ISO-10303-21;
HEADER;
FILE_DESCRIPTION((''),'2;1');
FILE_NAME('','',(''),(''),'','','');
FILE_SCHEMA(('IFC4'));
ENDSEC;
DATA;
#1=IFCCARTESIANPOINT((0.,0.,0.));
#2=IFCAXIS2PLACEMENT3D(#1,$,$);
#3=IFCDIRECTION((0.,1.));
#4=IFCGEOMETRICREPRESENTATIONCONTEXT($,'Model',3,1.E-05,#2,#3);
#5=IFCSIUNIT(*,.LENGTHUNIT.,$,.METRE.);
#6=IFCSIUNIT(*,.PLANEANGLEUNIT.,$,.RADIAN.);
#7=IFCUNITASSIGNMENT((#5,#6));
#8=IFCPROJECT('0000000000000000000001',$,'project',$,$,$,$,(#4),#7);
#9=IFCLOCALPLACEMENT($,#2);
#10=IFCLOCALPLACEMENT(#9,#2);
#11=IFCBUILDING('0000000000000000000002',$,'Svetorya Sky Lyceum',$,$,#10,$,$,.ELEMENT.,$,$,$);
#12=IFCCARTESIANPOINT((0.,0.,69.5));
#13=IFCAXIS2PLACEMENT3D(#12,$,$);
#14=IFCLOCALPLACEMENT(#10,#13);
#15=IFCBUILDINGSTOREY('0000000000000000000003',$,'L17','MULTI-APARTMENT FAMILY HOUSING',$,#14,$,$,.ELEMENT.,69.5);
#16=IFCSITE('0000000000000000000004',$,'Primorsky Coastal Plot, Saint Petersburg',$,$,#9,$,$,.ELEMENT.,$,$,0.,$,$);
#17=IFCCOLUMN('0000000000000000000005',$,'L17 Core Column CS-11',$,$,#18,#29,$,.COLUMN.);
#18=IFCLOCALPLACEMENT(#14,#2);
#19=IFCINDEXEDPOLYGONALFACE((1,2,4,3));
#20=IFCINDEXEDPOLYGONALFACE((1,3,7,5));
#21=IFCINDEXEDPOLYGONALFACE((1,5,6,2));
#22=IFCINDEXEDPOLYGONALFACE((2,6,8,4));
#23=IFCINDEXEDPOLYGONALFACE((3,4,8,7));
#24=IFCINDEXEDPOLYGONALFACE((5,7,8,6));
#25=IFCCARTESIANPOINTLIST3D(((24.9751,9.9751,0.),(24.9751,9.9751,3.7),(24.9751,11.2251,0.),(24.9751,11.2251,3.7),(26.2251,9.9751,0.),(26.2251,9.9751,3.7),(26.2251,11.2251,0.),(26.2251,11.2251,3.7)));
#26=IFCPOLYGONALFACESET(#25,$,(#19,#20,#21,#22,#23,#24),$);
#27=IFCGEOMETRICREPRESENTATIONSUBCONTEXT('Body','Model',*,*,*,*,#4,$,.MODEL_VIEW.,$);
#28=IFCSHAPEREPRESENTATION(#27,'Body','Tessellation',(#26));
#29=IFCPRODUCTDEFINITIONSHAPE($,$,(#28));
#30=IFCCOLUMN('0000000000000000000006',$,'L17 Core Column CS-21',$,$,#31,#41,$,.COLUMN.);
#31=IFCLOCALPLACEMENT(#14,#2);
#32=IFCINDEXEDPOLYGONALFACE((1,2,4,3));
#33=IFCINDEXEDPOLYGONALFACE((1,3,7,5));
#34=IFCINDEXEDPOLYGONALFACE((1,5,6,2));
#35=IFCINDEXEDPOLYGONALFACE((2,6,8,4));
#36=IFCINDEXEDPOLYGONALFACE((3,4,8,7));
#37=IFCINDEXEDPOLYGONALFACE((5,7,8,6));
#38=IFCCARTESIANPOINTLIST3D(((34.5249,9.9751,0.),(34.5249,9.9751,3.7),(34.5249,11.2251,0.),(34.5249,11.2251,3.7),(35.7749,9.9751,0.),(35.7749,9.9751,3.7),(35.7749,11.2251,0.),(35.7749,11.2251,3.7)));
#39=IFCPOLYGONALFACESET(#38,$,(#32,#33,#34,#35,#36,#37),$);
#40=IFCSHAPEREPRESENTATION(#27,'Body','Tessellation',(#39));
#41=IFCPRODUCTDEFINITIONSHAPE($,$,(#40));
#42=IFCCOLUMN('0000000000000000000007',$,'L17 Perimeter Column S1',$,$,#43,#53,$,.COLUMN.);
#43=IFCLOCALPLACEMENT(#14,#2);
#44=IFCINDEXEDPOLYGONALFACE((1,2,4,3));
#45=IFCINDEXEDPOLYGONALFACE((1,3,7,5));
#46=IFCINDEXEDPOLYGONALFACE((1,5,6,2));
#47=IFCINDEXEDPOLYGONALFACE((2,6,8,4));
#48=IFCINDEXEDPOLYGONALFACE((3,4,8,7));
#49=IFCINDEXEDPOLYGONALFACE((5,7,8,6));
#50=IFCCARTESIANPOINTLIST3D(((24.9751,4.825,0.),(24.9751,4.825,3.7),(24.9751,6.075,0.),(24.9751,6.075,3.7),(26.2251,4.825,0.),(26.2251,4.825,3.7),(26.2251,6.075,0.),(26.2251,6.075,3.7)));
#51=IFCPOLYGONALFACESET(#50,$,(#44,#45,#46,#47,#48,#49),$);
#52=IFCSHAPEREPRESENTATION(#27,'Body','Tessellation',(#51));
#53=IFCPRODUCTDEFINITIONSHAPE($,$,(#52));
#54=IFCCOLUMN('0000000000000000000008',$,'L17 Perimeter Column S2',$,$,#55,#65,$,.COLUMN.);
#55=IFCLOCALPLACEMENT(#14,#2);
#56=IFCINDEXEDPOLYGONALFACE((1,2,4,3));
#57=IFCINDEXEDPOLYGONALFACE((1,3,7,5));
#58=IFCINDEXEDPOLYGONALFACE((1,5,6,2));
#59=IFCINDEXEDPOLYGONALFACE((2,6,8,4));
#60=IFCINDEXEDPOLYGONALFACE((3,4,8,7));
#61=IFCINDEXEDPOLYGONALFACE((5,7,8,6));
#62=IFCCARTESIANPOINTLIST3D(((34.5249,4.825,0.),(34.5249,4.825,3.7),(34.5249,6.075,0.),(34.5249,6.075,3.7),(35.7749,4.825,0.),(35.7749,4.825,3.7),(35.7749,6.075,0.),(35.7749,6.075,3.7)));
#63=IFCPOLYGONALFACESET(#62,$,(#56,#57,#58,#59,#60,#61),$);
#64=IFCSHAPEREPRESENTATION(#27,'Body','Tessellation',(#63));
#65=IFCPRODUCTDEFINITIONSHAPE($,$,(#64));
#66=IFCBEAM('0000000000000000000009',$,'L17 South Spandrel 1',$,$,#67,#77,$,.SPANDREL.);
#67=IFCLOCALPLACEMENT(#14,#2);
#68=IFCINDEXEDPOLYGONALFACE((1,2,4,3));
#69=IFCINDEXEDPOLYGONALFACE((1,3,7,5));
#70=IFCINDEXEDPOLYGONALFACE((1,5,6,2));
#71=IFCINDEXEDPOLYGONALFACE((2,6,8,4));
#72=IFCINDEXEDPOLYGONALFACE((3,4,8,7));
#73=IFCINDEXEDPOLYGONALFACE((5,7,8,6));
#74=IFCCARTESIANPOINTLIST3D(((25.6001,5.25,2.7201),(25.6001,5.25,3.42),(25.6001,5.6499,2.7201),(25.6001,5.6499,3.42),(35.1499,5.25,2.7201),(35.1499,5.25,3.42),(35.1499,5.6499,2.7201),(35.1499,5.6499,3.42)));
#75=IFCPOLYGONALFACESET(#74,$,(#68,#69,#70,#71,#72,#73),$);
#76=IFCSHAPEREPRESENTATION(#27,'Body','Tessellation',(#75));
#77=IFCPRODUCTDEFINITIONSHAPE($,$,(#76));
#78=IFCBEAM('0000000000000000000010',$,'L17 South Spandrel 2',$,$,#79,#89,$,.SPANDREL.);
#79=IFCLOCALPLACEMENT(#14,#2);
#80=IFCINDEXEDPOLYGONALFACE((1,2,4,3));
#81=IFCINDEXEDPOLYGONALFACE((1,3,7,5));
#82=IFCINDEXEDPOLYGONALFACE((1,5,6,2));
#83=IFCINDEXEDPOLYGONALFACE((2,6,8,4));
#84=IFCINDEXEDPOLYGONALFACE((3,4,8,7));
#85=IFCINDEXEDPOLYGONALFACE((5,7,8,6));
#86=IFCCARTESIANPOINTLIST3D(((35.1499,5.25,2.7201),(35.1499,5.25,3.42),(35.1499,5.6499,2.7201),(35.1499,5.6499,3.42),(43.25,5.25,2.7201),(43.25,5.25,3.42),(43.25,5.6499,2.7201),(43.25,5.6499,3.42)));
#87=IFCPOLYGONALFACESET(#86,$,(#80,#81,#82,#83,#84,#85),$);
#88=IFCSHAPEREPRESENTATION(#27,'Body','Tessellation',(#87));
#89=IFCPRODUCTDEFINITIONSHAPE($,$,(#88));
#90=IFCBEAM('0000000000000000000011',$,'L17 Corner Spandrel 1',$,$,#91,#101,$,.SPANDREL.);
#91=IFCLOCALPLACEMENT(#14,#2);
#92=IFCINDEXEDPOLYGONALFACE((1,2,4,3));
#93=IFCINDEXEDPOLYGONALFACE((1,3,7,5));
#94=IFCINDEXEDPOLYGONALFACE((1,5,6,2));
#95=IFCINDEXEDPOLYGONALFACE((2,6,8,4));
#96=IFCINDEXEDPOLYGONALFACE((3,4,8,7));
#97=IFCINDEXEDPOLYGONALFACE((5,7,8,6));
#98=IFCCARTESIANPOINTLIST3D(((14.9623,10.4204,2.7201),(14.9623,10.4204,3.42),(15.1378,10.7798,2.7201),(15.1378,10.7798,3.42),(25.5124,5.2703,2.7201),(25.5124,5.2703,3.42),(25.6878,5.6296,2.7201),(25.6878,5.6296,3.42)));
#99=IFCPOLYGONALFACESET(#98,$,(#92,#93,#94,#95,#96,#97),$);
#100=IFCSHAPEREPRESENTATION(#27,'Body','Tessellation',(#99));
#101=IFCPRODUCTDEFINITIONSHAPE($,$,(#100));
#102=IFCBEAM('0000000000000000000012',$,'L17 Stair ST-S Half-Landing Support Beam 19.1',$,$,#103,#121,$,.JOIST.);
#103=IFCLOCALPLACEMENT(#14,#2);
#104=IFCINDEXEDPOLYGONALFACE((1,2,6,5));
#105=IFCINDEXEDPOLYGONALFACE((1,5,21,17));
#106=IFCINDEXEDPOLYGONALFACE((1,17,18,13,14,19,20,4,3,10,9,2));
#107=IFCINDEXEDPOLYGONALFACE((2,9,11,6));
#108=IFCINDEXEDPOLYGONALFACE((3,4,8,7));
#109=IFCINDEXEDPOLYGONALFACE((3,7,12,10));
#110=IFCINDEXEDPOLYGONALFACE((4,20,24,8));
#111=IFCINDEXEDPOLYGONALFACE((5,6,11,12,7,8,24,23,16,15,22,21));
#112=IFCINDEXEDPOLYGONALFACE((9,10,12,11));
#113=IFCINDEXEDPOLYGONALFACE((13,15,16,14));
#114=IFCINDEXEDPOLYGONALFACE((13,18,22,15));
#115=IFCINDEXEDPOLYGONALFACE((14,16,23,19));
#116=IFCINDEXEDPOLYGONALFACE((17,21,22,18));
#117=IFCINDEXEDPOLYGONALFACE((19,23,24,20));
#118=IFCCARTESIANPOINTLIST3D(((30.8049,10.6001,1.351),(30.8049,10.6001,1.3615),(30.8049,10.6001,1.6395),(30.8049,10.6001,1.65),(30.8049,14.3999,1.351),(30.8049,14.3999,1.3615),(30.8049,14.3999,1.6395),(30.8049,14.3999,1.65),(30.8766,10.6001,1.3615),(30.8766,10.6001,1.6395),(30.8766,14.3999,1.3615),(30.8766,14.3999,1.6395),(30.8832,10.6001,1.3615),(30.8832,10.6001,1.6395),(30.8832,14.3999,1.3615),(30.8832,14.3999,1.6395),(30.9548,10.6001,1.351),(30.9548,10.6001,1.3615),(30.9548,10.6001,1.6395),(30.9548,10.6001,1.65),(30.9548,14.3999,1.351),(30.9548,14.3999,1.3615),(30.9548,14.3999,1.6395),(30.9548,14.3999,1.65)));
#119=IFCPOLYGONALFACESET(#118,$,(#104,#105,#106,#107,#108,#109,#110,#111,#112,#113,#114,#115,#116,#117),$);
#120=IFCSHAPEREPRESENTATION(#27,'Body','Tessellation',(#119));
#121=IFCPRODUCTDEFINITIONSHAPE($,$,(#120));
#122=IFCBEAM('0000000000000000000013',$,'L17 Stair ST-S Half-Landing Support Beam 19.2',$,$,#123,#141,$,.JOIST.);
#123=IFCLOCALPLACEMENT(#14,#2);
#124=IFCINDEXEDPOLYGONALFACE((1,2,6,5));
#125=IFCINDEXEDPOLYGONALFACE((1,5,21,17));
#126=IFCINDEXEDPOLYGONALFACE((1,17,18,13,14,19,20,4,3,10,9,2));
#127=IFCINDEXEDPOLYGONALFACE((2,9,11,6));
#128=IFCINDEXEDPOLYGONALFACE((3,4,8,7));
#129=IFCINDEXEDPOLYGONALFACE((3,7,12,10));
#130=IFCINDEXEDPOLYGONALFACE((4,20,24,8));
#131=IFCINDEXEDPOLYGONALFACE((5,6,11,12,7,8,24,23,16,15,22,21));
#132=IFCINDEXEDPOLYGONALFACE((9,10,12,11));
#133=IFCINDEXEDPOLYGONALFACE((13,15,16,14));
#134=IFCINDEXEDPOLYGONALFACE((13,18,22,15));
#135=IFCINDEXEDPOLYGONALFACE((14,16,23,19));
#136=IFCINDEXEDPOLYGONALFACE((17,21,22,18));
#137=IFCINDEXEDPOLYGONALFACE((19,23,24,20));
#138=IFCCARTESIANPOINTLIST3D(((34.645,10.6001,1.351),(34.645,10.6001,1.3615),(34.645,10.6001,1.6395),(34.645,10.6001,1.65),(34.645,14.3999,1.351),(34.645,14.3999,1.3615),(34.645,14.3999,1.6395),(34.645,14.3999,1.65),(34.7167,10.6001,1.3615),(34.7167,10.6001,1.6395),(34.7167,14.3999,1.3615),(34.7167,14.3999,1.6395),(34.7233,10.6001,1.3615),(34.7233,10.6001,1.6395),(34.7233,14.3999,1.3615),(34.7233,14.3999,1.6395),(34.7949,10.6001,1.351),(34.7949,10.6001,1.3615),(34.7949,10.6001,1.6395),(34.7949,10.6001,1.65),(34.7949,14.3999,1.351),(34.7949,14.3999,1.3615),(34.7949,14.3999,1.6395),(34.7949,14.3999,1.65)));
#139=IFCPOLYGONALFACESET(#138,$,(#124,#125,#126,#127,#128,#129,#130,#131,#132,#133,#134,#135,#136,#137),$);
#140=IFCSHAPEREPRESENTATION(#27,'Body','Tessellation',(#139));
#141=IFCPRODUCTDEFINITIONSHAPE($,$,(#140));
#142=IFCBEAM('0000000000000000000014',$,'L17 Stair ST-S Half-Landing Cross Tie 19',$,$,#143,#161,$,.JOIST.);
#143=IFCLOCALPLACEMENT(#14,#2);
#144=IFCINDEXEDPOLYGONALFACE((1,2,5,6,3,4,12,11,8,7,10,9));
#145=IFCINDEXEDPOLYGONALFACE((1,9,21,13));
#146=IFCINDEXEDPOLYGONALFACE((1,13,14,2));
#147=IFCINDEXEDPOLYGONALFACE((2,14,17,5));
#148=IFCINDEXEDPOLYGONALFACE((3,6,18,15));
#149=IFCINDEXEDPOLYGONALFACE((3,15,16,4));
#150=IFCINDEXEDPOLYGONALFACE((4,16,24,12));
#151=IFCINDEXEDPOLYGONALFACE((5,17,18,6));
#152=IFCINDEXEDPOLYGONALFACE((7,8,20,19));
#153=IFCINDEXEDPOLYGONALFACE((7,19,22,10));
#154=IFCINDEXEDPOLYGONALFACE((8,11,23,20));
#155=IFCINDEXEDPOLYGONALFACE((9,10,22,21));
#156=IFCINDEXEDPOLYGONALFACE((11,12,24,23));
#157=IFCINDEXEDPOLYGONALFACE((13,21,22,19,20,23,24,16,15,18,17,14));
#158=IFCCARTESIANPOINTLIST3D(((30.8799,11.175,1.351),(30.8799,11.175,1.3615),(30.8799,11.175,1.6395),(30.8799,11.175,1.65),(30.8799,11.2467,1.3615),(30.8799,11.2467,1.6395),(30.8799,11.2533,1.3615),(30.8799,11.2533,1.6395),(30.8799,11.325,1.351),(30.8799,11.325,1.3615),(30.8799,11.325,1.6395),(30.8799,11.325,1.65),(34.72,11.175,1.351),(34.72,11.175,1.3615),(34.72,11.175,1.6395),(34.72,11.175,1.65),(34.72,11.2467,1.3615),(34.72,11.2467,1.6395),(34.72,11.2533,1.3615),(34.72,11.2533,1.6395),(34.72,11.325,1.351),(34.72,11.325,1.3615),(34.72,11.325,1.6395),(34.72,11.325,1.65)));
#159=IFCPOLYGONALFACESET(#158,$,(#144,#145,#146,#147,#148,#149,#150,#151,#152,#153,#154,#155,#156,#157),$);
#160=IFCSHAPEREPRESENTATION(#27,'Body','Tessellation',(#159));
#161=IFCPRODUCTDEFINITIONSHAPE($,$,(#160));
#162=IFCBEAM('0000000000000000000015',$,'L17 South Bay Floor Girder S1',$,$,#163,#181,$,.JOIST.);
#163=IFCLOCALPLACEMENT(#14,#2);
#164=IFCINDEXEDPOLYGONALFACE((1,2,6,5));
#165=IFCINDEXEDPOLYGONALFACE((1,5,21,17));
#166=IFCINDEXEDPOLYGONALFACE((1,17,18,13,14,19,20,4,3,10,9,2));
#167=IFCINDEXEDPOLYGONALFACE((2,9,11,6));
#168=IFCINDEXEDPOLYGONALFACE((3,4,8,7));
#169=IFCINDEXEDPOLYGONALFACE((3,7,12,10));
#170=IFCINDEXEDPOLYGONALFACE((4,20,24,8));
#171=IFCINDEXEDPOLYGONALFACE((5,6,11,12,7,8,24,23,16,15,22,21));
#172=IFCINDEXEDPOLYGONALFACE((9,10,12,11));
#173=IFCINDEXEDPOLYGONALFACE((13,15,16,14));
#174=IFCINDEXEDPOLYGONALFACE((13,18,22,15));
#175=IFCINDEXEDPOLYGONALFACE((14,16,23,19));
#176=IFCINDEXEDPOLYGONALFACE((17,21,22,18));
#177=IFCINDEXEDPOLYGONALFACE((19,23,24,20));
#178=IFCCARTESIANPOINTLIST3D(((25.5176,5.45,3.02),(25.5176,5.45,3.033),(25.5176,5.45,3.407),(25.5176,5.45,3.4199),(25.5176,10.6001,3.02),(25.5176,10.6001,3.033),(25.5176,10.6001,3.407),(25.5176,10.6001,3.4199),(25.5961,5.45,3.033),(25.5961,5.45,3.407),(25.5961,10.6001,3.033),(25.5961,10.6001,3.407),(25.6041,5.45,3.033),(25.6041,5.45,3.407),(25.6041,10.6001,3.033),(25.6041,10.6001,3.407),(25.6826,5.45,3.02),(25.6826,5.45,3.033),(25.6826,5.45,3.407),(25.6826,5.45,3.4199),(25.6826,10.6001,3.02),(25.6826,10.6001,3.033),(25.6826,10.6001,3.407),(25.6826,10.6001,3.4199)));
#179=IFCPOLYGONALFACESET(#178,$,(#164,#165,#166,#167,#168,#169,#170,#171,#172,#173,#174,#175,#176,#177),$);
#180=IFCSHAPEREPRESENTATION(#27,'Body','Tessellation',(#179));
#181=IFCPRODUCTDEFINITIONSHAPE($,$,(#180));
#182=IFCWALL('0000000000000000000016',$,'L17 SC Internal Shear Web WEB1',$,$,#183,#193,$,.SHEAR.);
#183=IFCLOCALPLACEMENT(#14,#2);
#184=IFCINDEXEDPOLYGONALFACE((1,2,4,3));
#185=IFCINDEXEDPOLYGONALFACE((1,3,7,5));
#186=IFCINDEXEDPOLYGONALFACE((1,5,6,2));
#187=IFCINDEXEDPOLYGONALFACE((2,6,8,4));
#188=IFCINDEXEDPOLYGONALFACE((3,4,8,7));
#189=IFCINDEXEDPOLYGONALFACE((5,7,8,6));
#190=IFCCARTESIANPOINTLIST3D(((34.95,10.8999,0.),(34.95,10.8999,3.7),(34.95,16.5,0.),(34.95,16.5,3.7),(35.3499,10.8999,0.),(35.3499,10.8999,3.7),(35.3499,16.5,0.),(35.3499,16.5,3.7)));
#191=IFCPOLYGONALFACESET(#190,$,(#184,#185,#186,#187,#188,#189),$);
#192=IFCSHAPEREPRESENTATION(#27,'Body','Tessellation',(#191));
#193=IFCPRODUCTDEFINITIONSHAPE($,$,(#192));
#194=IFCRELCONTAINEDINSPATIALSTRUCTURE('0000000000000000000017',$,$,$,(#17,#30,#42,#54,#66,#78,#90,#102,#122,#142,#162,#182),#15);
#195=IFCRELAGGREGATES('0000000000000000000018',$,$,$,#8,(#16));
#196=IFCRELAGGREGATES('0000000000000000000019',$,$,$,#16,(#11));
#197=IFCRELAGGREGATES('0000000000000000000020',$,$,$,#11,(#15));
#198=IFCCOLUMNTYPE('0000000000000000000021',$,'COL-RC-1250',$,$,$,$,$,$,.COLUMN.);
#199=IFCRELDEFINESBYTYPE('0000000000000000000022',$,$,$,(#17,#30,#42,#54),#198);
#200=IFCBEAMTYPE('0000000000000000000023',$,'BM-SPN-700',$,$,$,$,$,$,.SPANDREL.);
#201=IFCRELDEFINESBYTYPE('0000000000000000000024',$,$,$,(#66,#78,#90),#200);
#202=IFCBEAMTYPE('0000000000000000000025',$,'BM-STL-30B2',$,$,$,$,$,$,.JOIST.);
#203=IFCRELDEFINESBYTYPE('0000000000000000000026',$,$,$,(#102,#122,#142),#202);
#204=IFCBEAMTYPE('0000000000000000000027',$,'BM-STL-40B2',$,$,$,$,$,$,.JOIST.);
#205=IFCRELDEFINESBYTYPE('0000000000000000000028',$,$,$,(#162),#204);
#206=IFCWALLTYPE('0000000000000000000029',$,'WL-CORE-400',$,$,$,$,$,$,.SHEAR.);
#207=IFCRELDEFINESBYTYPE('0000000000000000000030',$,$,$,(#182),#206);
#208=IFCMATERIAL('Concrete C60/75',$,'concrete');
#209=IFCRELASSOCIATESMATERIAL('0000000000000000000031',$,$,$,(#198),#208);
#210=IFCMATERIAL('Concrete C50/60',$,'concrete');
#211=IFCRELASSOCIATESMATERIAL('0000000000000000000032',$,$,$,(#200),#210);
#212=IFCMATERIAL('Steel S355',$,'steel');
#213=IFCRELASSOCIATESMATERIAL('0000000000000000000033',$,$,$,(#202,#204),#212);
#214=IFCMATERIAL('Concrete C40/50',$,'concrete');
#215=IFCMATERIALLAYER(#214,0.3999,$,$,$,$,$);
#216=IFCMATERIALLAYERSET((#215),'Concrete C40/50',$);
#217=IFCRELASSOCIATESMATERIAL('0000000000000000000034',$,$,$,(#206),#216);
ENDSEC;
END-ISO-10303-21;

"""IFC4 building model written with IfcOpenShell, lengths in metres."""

from ifc_helpers import new_model, si_unit, direction, frame, frame_2d, origin, origin_2d, place, context, subcontext, project, spatial, rectangle, i_section, extrude, material, layer, layer_set, material_profile, profile_set, type_object, element, save


model = new_model("IFC4")

# Units and contexts
model_context = context("Model", 3, precision=1e-05, world=origin(), true_north=direction((0.0, 1.0)))
body_context = subcontext(model_context, "Body", "Model", "MODEL_VIEW")
ifc_project = project(units=[si_unit("LENGTHUNIT", "METRE"), si_unit("PLANEANGLEUNIT", "RADIAN")], contexts=[model_context])

# Site, building, storey
site_placement = place(None, origin())
site = spatial("IfcSite", under=ifc_project, at=site_placement, Name="Primorsky Coastal Plot, Saint Petersburg", CompositionType="ELEMENT", RefElevation=0.0)
building_placement = place(site_placement, origin())
building = spatial("IfcBuilding", under=site, at=building_placement, Name="Svetorya Sky Lyceum", CompositionType="ELEMENT")
storey_placement = place(building_placement, frame((0.0, 0.0, 69.5)))
storey = spatial("IfcBuildingStorey", under=building, at=storey_placement, Name="L17", Description="MULTI-APARTMENT FAMILY HOUSING", CompositionType="ELEMENT", Elevation=69.5)

# Columns
ifc_material_1 = material(Name="Concrete C60/75", Category="concrete")
ifc_material_profile_1 = material_profile(ifc_material_1, rectangle(XDim=1.25, YDim=1.25, at=origin_2d()), Name="RC COL 1250x1250")
ifc_profile_set_1 = profile_set([ifc_material_profile_1], Name="Concrete C60/75")
column_type = type_object("IfcColumnType", Name="COL-RC-1250", PredefinedType="COLUMN", material=ifc_profile_set_1)
for number, where, z_axis, x_axis, name in (
    (1, (25.6001, 10.6001, 0.0), (0.0, 0.0, 1.0), (1.0, 0.0, 0.0), "L17 Core Column CS-11"),
    (2, (35.1499, 10.6001, 0.0), (0.0, 0.0, 1.0), (1.0, 0.0, 0.0), "L17 Core Column CS-21"),
    (3, (25.6001, 5.45, 0.0), (0.0, 0.0, 1.0), (1.0, 0.0, 0.0), "L17 Perimeter Column S1"),
    (4, (35.1499, 5.45, 0.0), (0.0, 0.0, 1.0), (1.0, 0.0, 0.0), "L17 Perimeter Column S2"),
):
    element("IfcColumn", number, at=place(storey_placement, frame(where, z_axis=z_axis, x_axis=x_axis)), inside=storey, type_object=column_type, Name=name, PredefinedType="COLUMN", context=body_context, shape_type="SweptSolid", body=[
        extrude(rectangle(XDim=1.25, YDim=1.25, at=origin_2d()), origin(), (0.0, 0.0, 1.0), 3.7),
    ])

# Beams
ifc_material_2 = material(Name="Concrete C50/60", Category="concrete")
ifc_material_profile_2 = material_profile(ifc_material_2, rectangle(XDim=0.3999, YDim=0.7, at=origin_2d()), Name="RC SPANDREL 400x700")
ifc_profile_set_2 = profile_set([ifc_material_profile_2], Name="Concrete C50/60")
beam_type_1 = type_object("IfcBeamType", Name="BM-SPN-700", PredefinedType="SPANDREL", material=ifc_profile_set_2)
beam_1_placement = place(storey_placement, frame((25.6001, 5.45, 3.0701), z_axis=(1.0, 0.0, 0.0), x_axis=(0.0, 1.0, 0.0)))
element("IfcBeam", 5, at=beam_1_placement, inside=storey, type_object=beam_type_1, Name="L17 South Spandrel 1", PredefinedType="SPANDREL", context=body_context, shape_type="SweptSolid", body=[
    extrude(rectangle(XDim=0.3999, YDim=0.7, at=origin_2d()), origin(), (0.0, 0.0, 1.0), 9.5498),
])
beam_2_placement = place(storey_placement, frame((35.1499, 5.45, 3.0701), z_axis=(1.0, 0.0, 0.0), x_axis=(0.0, 1.0, 0.0)))
element("IfcBeam", 6, at=beam_2_placement, inside=storey, type_object=beam_type_1, Name="L17 South Spandrel 2", PredefinedType="SPANDREL", context=body_context, shape_type="SweptSolid", body=[
    extrude(rectangle(XDim=0.3999, YDim=0.7, at=origin_2d()), origin(), (0.0, 0.0, 1.0), 8.1001),
])
beam_3_placement = place(storey_placement, frame((25.6001, 5.45, 3.0701), z_axis=(-0.898641, 0.438684, 0.0), x_axis=(-0.438684, -0.898641, 0.0)))
element("IfcBeam", 7, at=beam_3_placement, inside=storey, type_object=beam_type_1, Name="L17 Corner Spandrel 1", PredefinedType="SPANDREL", context=body_context, shape_type="SweptSolid", body=[
    extrude(rectangle(XDim=0.3999, YDim=0.7, at=origin_2d()), origin(), (0.0, 0.0, 1.0), 11.74),
])
ifc_material_3 = material(Name="Steel S355", Category="steel")
ifc_material_profile_3 = material_profile(ifc_material_3, i_section(OverallWidth=0.1499, OverallDepth=0.2991, WebThickness=0.0066, FlangeThickness=0.0105, at=origin_2d()), Name="GOST 30B2")
ifc_profile_set_3 = profile_set([ifc_material_profile_3], Name="Steel S355")
beam_type_2 = type_object("IfcBeamType", Name="BM-STL-30B2", PredefinedType="JOIST", material=ifc_profile_set_3)
for number, where, z_axis, x_axis, name in (
    (8, (30.8799, 10.6001, 1.5005), (0.0, 1.0, 0.0), (-1.0, 0.0, 0.0), "L17 Stair ST-S Half-Landing Support Beam 19.1"),
    (9, (34.72, 10.6001, 1.5005), (0.0, 1.0, 0.0), (-1.0, 0.0, 0.0), "L17 Stair ST-S Half-Landing Support Beam 19.2"),
):
    element("IfcBeam", number, at=place(storey_placement, frame(where, z_axis=z_axis, x_axis=x_axis)), inside=storey, type_object=beam_type_2, Name=name, PredefinedType="JOIST", context=body_context, shape_type="SweptSolid", body=[
        extrude(i_section(OverallWidth=0.1499, OverallDepth=0.2991, WebThickness=0.0066, FlangeThickness=0.0105, at=origin_2d()), origin(), (0.0, 0.0, 1.0), 3.7998),
    ])
beam_4_placement = place(storey_placement, frame((30.8799, 11.25, 1.5005), z_axis=(1.0, 0.0, 0.0), x_axis=(0.0, 1.0, 0.0)))
element("IfcBeam", 10, at=beam_4_placement, inside=storey, type_object=beam_type_2, Name="L17 Stair ST-S Half-Landing Cross Tie 19", PredefinedType="JOIST", context=body_context, shape_type="SweptSolid", body=[
    extrude(i_section(OverallWidth=0.1499, OverallDepth=0.2991, WebThickness=0.0066, FlangeThickness=0.0105, at=origin_2d()), origin(), (0.0, 0.0, 1.0), 3.8401),
])
ifc_material_profile_4 = material_profile(ifc_material_3, i_section(OverallWidth=0.165, OverallDepth=0.3999, WebThickness=0.0081, FlangeThickness=0.0129, at=origin_2d()), Name="GOST 40B2")
ifc_profile_set_4 = profile_set([ifc_material_profile_4], Name="Steel S355")
beam_type_3 = type_object("IfcBeamType", Name="BM-STL-40B2", PredefinedType="JOIST", material=ifc_profile_set_4)
beam_5_placement = place(storey_placement, frame((25.6001, 5.45, 3.22), z_axis=(0.0, 1.0, 0.0), x_axis=(-1.0, 0.0, 0.0)))
element("IfcBeam", 11, at=beam_5_placement, inside=storey, type_object=beam_type_3, Name="L17 South Bay Floor Girder S1", PredefinedType="JOIST", context=body_context, shape_type="SweptSolid", body=[
    extrude(i_section(OverallWidth=0.165, OverallDepth=0.3999, WebThickness=0.0081, FlangeThickness=0.0129, at=origin_2d()), origin(), (0.0, 0.0, 1.0), 5.1501),
])

# Wall
ifc_material_4 = material(Name="Concrete C40/50", Category="concrete")
ifc_layer_1 = layer(ifc_material_4, 0.3999)
ifc_layer_set_1 = layer_set([ifc_layer_1], Name="Concrete C40/50")
wall_type_1 = type_object("IfcWallType", Name="WL-CORE-400", PredefinedType="SHEAR", material=ifc_layer_set_1)
wall_1_placement = place(storey_placement, frame((35.1499, 10.8999, 0.0), z_axis=(0.0, 0.0, 1.0), x_axis=(0.0, 1.0, 0.0)))
element("IfcWall", 12, at=wall_1_placement, inside=storey, type_object=wall_type_1, Name="L17 SC Internal Shear Web WEB1", PredefinedType="SHEAR", context=body_context, shape_type="SweptSolid", body=[
    extrude(rectangle(XDim=5.6001, YDim=0.3999, at=frame_2d((2.8, 0.0))), origin(), (0.0, 0.0, 1.0), 3.7),
])

save(model, "model.ifc")
